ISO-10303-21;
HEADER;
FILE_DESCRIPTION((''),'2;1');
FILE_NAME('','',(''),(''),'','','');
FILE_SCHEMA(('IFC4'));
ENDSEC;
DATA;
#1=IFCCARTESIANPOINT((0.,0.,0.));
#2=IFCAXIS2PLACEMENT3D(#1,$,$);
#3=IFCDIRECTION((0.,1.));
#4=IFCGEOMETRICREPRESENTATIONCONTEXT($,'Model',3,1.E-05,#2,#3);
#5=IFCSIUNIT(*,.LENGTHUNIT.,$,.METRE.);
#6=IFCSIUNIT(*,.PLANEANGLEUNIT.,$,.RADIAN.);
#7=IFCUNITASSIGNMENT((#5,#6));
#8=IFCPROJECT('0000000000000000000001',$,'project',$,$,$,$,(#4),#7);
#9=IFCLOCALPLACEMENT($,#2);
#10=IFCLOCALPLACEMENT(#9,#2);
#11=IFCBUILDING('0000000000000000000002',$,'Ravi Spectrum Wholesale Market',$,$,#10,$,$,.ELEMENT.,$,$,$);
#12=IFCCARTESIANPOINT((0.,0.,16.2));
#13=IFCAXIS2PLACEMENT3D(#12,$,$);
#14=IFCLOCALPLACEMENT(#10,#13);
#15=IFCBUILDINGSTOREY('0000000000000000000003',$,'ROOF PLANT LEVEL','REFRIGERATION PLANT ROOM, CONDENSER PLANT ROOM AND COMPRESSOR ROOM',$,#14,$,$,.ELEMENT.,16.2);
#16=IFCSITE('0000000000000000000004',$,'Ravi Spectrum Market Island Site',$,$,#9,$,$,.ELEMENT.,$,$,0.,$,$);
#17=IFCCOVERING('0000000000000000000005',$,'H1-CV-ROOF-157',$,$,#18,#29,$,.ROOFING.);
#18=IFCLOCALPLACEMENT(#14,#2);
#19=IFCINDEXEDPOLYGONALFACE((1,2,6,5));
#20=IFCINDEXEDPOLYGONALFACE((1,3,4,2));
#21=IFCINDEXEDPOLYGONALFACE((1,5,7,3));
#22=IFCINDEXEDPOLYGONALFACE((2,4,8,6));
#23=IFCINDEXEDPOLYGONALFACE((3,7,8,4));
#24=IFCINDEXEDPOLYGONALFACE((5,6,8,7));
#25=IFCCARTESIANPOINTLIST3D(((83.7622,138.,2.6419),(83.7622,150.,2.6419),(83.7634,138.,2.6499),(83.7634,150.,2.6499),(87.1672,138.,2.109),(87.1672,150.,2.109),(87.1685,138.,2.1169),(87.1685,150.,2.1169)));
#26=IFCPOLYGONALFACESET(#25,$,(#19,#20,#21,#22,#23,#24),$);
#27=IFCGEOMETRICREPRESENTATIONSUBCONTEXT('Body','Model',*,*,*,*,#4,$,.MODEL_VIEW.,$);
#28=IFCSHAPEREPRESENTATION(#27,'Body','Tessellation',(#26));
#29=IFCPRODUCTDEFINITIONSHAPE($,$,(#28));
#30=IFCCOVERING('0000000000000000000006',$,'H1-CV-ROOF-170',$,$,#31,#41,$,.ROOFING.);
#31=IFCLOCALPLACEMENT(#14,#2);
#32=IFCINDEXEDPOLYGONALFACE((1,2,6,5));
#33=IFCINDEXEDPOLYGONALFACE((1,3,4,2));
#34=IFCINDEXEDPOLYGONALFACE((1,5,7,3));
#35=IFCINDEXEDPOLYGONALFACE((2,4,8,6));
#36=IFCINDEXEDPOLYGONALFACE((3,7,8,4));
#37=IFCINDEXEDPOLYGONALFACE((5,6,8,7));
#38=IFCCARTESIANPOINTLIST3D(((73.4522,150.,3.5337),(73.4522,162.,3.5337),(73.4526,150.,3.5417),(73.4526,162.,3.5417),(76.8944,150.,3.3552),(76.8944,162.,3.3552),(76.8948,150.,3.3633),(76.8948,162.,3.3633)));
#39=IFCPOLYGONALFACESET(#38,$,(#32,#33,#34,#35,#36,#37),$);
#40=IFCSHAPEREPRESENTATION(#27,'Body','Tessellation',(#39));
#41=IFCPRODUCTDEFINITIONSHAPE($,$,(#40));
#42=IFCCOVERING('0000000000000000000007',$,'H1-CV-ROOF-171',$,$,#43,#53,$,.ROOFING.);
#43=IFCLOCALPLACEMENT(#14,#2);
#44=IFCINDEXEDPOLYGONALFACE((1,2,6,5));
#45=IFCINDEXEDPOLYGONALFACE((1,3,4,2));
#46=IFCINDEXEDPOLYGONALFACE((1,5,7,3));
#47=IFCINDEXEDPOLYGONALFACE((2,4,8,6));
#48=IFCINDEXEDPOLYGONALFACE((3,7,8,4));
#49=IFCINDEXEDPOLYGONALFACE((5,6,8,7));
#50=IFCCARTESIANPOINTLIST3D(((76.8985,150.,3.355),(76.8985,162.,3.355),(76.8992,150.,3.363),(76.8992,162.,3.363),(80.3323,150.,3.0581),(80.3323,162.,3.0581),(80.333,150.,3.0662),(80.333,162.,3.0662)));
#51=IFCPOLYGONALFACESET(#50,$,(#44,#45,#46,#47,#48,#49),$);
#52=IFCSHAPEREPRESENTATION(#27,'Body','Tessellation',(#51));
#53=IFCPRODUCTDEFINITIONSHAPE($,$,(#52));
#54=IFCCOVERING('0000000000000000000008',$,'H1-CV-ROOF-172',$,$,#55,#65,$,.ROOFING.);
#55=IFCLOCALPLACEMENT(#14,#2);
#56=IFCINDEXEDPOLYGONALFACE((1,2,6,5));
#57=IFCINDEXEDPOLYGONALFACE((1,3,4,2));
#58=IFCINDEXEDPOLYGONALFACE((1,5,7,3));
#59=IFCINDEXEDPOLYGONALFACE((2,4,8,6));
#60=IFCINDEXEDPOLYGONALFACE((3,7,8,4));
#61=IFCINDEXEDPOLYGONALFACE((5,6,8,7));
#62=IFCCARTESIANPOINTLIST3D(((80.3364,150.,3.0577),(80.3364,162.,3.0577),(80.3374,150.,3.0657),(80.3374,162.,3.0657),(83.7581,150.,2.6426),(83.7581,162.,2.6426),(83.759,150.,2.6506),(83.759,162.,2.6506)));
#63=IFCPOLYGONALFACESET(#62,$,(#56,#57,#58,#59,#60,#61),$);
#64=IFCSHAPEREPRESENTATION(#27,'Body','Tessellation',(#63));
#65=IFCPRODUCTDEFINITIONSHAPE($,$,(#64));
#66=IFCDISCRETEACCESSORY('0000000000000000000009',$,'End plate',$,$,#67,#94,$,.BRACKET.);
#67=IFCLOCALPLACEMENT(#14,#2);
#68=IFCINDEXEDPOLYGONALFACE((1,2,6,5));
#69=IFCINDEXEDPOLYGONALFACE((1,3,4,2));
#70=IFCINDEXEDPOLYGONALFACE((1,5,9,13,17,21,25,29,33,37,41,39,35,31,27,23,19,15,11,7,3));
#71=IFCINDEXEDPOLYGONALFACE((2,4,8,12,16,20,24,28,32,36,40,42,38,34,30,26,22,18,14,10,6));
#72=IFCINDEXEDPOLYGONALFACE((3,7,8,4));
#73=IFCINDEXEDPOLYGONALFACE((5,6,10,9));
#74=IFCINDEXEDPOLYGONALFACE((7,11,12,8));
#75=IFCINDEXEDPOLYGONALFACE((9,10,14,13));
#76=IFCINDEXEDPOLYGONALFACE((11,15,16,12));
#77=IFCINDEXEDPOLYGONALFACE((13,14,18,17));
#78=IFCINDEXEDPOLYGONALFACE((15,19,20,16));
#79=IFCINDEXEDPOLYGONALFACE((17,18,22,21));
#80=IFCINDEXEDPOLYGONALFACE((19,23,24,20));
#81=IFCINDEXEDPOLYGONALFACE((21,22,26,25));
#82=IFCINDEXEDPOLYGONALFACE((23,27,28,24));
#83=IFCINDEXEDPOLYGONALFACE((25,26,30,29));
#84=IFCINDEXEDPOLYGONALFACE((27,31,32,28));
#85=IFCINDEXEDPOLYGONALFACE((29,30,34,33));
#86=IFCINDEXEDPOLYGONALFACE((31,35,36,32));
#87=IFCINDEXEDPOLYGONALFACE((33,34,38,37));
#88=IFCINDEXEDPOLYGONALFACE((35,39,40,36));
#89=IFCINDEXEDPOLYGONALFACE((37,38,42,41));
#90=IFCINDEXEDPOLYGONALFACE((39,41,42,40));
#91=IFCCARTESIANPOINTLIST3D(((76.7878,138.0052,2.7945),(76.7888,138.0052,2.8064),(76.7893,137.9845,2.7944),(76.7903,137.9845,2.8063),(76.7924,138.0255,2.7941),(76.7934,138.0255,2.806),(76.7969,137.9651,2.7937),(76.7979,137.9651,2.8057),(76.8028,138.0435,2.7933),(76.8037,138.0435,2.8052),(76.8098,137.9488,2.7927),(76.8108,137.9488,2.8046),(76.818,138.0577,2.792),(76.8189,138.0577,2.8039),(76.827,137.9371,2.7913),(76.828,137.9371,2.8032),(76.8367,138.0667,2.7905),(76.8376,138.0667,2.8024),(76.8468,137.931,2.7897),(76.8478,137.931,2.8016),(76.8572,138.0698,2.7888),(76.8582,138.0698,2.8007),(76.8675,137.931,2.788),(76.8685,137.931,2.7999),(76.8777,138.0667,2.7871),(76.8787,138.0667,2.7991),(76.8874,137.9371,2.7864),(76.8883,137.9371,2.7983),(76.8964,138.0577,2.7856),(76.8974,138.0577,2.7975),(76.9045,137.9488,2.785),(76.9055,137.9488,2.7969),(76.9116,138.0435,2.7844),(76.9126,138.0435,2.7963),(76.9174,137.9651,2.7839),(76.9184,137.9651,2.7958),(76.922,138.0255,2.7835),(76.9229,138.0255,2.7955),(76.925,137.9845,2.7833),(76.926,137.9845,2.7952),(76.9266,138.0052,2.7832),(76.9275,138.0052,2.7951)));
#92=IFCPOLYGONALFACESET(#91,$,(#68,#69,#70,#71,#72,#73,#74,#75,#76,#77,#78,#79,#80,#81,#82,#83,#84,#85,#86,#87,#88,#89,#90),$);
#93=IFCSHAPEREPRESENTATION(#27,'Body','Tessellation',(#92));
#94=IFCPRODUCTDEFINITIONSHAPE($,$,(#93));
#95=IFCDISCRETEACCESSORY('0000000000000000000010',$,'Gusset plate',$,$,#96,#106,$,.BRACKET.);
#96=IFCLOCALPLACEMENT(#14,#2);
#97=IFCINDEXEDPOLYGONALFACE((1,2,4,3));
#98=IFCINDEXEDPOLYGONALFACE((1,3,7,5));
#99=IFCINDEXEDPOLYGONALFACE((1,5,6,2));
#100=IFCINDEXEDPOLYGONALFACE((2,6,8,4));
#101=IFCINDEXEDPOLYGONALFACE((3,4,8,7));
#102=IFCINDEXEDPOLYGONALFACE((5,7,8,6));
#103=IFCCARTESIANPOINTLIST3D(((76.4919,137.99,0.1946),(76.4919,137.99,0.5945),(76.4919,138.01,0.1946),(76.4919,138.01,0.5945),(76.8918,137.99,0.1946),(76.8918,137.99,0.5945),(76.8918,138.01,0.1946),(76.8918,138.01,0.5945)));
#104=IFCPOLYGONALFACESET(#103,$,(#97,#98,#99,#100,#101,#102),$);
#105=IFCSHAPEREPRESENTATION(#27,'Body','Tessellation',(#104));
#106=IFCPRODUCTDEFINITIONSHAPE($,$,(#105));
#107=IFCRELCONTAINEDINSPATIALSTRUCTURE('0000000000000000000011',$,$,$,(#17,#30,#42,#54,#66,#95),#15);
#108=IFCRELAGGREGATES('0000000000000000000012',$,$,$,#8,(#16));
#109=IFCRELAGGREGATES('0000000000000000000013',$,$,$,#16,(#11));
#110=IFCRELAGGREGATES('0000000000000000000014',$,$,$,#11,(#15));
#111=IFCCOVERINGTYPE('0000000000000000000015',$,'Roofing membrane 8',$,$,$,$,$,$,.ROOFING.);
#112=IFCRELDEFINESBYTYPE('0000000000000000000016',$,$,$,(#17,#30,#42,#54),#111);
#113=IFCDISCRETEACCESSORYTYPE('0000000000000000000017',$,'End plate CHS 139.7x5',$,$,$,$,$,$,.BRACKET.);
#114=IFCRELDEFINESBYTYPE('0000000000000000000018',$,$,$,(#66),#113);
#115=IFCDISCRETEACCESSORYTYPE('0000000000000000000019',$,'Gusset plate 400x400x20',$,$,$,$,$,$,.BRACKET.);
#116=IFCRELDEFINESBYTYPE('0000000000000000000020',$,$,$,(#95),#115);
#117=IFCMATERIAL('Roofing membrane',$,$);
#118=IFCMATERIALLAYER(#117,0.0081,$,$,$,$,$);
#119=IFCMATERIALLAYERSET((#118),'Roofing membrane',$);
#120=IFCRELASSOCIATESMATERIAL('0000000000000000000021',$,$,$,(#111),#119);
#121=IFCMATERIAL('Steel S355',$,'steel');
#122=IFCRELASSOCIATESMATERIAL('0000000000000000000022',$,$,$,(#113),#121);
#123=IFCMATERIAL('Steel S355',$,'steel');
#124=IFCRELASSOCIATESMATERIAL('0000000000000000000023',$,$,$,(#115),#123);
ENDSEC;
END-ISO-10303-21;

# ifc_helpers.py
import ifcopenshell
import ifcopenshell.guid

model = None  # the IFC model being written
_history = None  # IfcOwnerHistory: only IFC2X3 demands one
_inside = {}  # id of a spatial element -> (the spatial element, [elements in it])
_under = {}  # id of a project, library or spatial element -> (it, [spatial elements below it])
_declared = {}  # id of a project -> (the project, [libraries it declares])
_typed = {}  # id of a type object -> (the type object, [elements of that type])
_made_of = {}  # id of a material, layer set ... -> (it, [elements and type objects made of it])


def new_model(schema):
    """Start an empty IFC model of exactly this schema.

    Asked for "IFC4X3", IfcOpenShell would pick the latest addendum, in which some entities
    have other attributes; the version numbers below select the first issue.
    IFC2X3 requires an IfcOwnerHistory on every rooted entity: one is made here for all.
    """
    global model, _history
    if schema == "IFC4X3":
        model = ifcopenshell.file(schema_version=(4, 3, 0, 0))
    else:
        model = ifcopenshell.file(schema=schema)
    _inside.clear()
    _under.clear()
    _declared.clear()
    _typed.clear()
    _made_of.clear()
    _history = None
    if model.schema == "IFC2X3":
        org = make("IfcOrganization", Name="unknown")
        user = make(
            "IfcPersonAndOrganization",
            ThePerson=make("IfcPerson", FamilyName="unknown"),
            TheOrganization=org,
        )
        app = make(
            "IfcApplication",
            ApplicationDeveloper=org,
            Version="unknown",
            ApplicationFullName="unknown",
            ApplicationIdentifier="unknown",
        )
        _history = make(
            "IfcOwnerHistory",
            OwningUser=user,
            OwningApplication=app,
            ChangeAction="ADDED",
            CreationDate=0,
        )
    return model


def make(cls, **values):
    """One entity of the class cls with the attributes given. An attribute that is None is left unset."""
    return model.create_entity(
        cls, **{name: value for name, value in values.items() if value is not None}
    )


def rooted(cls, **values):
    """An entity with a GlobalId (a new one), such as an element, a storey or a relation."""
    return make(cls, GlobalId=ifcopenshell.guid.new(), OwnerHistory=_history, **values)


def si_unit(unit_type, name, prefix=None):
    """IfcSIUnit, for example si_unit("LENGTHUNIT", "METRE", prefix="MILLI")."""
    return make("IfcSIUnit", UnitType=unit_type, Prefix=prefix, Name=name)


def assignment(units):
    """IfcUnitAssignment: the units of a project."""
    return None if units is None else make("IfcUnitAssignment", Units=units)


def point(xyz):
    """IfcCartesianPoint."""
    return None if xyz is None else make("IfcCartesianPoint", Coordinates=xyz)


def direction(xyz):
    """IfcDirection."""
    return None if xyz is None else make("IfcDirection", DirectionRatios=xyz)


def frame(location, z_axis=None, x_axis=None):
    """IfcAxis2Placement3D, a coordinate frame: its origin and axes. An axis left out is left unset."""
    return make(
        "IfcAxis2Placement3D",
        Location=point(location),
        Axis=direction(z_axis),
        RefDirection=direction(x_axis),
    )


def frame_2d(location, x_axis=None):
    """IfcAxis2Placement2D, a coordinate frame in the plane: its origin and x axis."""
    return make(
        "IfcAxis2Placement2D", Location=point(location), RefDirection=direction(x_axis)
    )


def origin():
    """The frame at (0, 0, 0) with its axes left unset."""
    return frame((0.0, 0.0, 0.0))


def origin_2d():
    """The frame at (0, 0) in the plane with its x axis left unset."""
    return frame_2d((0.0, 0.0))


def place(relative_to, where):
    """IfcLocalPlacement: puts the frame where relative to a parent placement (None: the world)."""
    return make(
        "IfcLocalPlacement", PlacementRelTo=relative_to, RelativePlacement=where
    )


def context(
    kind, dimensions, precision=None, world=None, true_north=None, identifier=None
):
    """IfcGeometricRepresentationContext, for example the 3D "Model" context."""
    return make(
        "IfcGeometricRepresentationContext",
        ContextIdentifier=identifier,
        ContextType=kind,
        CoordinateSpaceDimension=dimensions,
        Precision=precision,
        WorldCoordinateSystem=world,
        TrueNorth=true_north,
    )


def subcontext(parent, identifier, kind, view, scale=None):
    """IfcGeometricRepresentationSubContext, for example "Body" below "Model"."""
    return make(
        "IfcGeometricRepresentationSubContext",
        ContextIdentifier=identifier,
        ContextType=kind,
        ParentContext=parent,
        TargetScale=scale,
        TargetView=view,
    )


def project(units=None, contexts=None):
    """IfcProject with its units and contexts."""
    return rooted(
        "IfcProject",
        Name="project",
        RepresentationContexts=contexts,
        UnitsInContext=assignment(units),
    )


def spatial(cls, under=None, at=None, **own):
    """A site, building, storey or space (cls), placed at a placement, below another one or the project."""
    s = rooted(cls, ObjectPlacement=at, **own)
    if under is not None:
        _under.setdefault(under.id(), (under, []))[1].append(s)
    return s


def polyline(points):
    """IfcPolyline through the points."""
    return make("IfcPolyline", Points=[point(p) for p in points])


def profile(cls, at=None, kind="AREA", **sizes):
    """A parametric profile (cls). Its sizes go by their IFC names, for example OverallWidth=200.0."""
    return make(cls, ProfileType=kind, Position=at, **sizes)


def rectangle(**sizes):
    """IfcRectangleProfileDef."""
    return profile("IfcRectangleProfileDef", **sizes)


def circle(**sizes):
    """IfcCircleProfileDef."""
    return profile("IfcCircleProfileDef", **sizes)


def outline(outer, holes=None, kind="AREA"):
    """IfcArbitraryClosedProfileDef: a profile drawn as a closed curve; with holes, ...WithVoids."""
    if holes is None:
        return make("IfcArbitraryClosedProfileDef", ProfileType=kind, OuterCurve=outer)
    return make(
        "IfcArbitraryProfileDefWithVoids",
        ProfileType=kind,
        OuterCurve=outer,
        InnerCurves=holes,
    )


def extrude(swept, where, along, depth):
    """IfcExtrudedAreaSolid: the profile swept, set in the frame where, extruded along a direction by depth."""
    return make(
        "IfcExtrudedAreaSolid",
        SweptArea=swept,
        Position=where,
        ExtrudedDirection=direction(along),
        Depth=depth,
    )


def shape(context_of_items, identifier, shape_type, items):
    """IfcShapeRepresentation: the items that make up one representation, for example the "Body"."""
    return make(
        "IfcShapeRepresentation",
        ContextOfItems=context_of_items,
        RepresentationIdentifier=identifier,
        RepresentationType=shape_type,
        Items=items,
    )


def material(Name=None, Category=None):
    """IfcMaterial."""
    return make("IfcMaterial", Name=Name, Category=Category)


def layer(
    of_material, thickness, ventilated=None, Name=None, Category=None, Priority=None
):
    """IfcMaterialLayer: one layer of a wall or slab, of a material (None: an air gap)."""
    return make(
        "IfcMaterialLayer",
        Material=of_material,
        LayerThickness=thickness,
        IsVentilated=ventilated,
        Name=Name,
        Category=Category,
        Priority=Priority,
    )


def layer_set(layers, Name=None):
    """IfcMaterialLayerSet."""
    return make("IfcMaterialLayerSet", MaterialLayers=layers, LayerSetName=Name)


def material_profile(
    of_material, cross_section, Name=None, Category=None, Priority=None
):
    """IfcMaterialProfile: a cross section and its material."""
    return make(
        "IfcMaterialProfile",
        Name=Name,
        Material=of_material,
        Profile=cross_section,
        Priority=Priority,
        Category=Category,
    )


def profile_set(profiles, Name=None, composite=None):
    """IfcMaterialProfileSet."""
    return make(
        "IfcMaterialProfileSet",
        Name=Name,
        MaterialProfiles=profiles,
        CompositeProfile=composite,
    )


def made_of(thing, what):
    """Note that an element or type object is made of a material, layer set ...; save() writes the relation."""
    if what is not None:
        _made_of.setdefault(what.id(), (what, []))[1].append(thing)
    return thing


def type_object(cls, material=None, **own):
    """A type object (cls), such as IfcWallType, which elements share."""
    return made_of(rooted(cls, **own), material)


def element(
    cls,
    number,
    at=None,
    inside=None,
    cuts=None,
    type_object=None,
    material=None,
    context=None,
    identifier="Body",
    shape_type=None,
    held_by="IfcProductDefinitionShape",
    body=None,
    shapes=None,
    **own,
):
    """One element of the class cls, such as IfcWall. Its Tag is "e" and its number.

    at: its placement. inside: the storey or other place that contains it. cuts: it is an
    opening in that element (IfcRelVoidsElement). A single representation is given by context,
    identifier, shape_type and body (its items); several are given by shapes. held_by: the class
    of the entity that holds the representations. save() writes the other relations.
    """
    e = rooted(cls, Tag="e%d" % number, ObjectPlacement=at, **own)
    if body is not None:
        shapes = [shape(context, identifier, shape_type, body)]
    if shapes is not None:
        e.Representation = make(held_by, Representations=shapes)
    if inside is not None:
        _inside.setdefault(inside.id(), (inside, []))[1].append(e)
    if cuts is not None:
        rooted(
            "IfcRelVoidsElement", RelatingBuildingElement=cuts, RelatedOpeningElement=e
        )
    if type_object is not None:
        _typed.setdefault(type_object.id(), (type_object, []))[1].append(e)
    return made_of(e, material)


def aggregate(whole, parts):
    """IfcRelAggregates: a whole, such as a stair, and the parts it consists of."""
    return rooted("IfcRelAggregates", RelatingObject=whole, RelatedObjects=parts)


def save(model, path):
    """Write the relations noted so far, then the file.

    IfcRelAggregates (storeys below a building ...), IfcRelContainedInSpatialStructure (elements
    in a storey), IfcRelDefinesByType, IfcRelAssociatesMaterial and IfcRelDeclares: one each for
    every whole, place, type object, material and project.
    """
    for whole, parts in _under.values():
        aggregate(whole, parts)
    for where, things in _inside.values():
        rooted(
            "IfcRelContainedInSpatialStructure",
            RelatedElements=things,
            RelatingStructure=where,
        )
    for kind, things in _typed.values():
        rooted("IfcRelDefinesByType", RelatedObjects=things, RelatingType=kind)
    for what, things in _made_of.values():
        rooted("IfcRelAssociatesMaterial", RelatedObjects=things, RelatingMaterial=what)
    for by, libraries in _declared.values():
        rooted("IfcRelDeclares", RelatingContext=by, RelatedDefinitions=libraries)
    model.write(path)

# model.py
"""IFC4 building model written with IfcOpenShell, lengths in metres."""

from ifc_helpers import new_model, si_unit, direction, frame, origin, origin_2d, place, context, subcontext, project, spatial, polyline, rectangle, circle, outline, extrude, material, layer, layer_set, material_profile, profile_set, type_object, element, save


model = new_model("IFC4")

# Units and contexts
model_context = context("Model", 3, precision=1e-05, world=origin(), true_north=direction((0.0, 1.0)))
body_context = subcontext(model_context, "Body", "Model", "MODEL_VIEW")
ifc_project = project(units=[si_unit("LENGTHUNIT", "METRE"), si_unit("PLANEANGLEUNIT", "RADIAN")], contexts=[model_context])

# Site, building, storey
site_placement = place(None, origin())
site = spatial("IfcSite", under=ifc_project, at=site_placement, Name="Ravi Spectrum Market Island Site", CompositionType="ELEMENT", RefElevation=0.0)
building_placement = place(site_placement, origin())
building = spatial("IfcBuilding", under=site, at=building_placement, Name="Ravi Spectrum Wholesale Market", CompositionType="ELEMENT")
storey_placement = place(building_placement, frame((0.0, 0.0, 16.2)))
storey = spatial("IfcBuildingStorey", under=building, at=storey_placement, Name="ROOF PLANT LEVEL", Description="REFRIGERATION PLANT ROOM, CONDENSER PLANT ROOM AND COMPRESSOR ROOM", CompositionType="ELEMENT", Elevation=16.2)

# Coverings
ifc_material_1 = material(Name="Roofing membrane")
ifc_layer_1 = layer(ifc_material_1, 0.0081)
ifc_layer_set_1 = layer_set([ifc_layer_1], Name="Roofing membrane")
covering_type = type_object("IfcCoveringType", Name="Roofing membrane 8", PredefinedType="ROOFING", material=ifc_layer_set_1)
covering_1_placement = place(storey_placement, frame((83.7634, 138.0, 2.6499), z_axis=(0.154638, 0.0, 0.987971), x_axis=(0.987971, 0.0, -0.154638)))
element("IfcCovering", 1, at=covering_1_placement, inside=storey, type_object=covering_type, Name="H1-CV-ROOF-157", PredefinedType="ROOFING", context=body_context, shape_type="SweptSolid", body=[
    extrude(outline(polyline([(0.0, 0.0), (3.4465, 0.0), (3.4465, 12.0), (0.0, 12.0), (0.0, 0.0)])), origin(), (0.0, 0.0, -1.0), 0.0081),
])
covering_2_placement = place(storey_placement, frame((73.4526, 150.0, 3.5417), z_axis=(0.051778, 0.0, 0.998659), x_axis=(0.998659, 0.0, -0.051778)))
element("IfcCovering", 2, at=covering_2_placement, inside=storey, type_object=covering_type, Name="H1-CV-ROOF-170", PredefinedType="ROOFING", context=body_context, shape_type="SweptSolid", body=[
    extrude(outline(polyline([(0.0, 0.0), (3.4468, 0.0), (3.4468, 12.0), (0.0, 12.0), (0.0, 0.0)])), origin(), (0.0, 0.0, -1.0), 0.0081),
])
covering_3_placement = place(storey_placement, frame((76.8992, 150.0, 3.363), z_axis=(0.086134, 0.0, 0.996284), x_axis=(0.996284, 0.0, -0.086134)))
element("IfcCovering", 3, at=covering_3_placement, inside=storey, type_object=covering_type, Name="H1-CV-ROOF-171", PredefinedType="ROOFING", context=body_context, shape_type="SweptSolid", body=[
    extrude(outline(polyline([(0.0, 0.0), (3.4466, 0.0), (3.4466, 12.0), (0.0, 12.0), (0.0, 0.0)])), origin(), (0.0, 0.0, -1.0), 0.0081),
])
covering_4_placement = place(storey_placement, frame((80.3374, 150.0, 3.0657), z_axis=(0.120416, 0.0, 0.992724), x_axis=(0.992724, 0.0, -0.120416)))
element("IfcCovering", 4, at=covering_4_placement, inside=storey, type_object=covering_type, Name="H1-CV-ROOF-172", PredefinedType="ROOFING", context=body_context, shape_type="SweptSolid", body=[
    extrude(outline(polyline([(0.0, 0.0), (3.4467, 0.0), (3.4467, 12.0), (0.0, 12.0), (0.0, 0.0)])), origin(), (0.0, 0.0, -1.0), 0.0081),
])

# Discrete accessories
ifc_material_2 = material(Name="Steel S355", Category="steel")
ifc_material_profile_1 = material_profile(ifc_material_2, circle(Radius=0.0698, at=origin_2d()))
ifc_profile_set_1 = profile_set([ifc_material_profile_1], Name="Steel S355")
discrete_accessory_type_1 = type_object("IfcDiscreteAccessoryType", Name="End plate CHS 139.7x5", PredefinedType="BRACKET", material=ifc_profile_set_1)
discrete_accessory_1_placement = place(storey_placement, frame((76.8572, 138.0, 2.7888), z_axis=(0.081362, 0.0, 0.996685), x_axis=(0.0, 1.0, 0.0)))
element("IfcDiscreteAccessory", 5, at=discrete_accessory_1_placement, inside=storey, type_object=discrete_accessory_type_1, Name="End plate", PredefinedType="BRACKET", context=body_context, shape_type="SweptSolid", body=[
    extrude(circle(Radius=0.0698, at=origin_2d()), origin(), (0.0, 0.0, 1.0), 0.012),
])
ifc_material_3 = material(Name="Steel S355", Category="steel")
ifc_material_profile_2 = material_profile(ifc_material_3, rectangle(XDim=0.3999, YDim=0.02, at=origin_2d()))
ifc_profile_set_2 = profile_set([ifc_material_profile_2], Name="Steel S355")
discrete_accessory_type_2 = type_object("IfcDiscreteAccessoryType", Name="Gusset plate 400x400x20", PredefinedType="BRACKET", material=ifc_profile_set_2)
discrete_accessory_2_placement = place(storey_placement, frame((76.6919, 138.0, 0.1946), z_axis=(0.0, 0.0, 1.0), x_axis=(-1.0, 0.0, 0.0)))
element("IfcDiscreteAccessory", 6, at=discrete_accessory_2_placement, inside=storey, type_object=discrete_accessory_type_2, Name="Gusset plate", PredefinedType="BRACKET", context=body_context, shape_type="SweptSolid", body=[
    extrude(rectangle(XDim=0.3999, YDim=0.02, at=origin_2d()), origin(), (0.0, 0.0, 1.0), 0.3999),
])

save(model, "model.ifc")
